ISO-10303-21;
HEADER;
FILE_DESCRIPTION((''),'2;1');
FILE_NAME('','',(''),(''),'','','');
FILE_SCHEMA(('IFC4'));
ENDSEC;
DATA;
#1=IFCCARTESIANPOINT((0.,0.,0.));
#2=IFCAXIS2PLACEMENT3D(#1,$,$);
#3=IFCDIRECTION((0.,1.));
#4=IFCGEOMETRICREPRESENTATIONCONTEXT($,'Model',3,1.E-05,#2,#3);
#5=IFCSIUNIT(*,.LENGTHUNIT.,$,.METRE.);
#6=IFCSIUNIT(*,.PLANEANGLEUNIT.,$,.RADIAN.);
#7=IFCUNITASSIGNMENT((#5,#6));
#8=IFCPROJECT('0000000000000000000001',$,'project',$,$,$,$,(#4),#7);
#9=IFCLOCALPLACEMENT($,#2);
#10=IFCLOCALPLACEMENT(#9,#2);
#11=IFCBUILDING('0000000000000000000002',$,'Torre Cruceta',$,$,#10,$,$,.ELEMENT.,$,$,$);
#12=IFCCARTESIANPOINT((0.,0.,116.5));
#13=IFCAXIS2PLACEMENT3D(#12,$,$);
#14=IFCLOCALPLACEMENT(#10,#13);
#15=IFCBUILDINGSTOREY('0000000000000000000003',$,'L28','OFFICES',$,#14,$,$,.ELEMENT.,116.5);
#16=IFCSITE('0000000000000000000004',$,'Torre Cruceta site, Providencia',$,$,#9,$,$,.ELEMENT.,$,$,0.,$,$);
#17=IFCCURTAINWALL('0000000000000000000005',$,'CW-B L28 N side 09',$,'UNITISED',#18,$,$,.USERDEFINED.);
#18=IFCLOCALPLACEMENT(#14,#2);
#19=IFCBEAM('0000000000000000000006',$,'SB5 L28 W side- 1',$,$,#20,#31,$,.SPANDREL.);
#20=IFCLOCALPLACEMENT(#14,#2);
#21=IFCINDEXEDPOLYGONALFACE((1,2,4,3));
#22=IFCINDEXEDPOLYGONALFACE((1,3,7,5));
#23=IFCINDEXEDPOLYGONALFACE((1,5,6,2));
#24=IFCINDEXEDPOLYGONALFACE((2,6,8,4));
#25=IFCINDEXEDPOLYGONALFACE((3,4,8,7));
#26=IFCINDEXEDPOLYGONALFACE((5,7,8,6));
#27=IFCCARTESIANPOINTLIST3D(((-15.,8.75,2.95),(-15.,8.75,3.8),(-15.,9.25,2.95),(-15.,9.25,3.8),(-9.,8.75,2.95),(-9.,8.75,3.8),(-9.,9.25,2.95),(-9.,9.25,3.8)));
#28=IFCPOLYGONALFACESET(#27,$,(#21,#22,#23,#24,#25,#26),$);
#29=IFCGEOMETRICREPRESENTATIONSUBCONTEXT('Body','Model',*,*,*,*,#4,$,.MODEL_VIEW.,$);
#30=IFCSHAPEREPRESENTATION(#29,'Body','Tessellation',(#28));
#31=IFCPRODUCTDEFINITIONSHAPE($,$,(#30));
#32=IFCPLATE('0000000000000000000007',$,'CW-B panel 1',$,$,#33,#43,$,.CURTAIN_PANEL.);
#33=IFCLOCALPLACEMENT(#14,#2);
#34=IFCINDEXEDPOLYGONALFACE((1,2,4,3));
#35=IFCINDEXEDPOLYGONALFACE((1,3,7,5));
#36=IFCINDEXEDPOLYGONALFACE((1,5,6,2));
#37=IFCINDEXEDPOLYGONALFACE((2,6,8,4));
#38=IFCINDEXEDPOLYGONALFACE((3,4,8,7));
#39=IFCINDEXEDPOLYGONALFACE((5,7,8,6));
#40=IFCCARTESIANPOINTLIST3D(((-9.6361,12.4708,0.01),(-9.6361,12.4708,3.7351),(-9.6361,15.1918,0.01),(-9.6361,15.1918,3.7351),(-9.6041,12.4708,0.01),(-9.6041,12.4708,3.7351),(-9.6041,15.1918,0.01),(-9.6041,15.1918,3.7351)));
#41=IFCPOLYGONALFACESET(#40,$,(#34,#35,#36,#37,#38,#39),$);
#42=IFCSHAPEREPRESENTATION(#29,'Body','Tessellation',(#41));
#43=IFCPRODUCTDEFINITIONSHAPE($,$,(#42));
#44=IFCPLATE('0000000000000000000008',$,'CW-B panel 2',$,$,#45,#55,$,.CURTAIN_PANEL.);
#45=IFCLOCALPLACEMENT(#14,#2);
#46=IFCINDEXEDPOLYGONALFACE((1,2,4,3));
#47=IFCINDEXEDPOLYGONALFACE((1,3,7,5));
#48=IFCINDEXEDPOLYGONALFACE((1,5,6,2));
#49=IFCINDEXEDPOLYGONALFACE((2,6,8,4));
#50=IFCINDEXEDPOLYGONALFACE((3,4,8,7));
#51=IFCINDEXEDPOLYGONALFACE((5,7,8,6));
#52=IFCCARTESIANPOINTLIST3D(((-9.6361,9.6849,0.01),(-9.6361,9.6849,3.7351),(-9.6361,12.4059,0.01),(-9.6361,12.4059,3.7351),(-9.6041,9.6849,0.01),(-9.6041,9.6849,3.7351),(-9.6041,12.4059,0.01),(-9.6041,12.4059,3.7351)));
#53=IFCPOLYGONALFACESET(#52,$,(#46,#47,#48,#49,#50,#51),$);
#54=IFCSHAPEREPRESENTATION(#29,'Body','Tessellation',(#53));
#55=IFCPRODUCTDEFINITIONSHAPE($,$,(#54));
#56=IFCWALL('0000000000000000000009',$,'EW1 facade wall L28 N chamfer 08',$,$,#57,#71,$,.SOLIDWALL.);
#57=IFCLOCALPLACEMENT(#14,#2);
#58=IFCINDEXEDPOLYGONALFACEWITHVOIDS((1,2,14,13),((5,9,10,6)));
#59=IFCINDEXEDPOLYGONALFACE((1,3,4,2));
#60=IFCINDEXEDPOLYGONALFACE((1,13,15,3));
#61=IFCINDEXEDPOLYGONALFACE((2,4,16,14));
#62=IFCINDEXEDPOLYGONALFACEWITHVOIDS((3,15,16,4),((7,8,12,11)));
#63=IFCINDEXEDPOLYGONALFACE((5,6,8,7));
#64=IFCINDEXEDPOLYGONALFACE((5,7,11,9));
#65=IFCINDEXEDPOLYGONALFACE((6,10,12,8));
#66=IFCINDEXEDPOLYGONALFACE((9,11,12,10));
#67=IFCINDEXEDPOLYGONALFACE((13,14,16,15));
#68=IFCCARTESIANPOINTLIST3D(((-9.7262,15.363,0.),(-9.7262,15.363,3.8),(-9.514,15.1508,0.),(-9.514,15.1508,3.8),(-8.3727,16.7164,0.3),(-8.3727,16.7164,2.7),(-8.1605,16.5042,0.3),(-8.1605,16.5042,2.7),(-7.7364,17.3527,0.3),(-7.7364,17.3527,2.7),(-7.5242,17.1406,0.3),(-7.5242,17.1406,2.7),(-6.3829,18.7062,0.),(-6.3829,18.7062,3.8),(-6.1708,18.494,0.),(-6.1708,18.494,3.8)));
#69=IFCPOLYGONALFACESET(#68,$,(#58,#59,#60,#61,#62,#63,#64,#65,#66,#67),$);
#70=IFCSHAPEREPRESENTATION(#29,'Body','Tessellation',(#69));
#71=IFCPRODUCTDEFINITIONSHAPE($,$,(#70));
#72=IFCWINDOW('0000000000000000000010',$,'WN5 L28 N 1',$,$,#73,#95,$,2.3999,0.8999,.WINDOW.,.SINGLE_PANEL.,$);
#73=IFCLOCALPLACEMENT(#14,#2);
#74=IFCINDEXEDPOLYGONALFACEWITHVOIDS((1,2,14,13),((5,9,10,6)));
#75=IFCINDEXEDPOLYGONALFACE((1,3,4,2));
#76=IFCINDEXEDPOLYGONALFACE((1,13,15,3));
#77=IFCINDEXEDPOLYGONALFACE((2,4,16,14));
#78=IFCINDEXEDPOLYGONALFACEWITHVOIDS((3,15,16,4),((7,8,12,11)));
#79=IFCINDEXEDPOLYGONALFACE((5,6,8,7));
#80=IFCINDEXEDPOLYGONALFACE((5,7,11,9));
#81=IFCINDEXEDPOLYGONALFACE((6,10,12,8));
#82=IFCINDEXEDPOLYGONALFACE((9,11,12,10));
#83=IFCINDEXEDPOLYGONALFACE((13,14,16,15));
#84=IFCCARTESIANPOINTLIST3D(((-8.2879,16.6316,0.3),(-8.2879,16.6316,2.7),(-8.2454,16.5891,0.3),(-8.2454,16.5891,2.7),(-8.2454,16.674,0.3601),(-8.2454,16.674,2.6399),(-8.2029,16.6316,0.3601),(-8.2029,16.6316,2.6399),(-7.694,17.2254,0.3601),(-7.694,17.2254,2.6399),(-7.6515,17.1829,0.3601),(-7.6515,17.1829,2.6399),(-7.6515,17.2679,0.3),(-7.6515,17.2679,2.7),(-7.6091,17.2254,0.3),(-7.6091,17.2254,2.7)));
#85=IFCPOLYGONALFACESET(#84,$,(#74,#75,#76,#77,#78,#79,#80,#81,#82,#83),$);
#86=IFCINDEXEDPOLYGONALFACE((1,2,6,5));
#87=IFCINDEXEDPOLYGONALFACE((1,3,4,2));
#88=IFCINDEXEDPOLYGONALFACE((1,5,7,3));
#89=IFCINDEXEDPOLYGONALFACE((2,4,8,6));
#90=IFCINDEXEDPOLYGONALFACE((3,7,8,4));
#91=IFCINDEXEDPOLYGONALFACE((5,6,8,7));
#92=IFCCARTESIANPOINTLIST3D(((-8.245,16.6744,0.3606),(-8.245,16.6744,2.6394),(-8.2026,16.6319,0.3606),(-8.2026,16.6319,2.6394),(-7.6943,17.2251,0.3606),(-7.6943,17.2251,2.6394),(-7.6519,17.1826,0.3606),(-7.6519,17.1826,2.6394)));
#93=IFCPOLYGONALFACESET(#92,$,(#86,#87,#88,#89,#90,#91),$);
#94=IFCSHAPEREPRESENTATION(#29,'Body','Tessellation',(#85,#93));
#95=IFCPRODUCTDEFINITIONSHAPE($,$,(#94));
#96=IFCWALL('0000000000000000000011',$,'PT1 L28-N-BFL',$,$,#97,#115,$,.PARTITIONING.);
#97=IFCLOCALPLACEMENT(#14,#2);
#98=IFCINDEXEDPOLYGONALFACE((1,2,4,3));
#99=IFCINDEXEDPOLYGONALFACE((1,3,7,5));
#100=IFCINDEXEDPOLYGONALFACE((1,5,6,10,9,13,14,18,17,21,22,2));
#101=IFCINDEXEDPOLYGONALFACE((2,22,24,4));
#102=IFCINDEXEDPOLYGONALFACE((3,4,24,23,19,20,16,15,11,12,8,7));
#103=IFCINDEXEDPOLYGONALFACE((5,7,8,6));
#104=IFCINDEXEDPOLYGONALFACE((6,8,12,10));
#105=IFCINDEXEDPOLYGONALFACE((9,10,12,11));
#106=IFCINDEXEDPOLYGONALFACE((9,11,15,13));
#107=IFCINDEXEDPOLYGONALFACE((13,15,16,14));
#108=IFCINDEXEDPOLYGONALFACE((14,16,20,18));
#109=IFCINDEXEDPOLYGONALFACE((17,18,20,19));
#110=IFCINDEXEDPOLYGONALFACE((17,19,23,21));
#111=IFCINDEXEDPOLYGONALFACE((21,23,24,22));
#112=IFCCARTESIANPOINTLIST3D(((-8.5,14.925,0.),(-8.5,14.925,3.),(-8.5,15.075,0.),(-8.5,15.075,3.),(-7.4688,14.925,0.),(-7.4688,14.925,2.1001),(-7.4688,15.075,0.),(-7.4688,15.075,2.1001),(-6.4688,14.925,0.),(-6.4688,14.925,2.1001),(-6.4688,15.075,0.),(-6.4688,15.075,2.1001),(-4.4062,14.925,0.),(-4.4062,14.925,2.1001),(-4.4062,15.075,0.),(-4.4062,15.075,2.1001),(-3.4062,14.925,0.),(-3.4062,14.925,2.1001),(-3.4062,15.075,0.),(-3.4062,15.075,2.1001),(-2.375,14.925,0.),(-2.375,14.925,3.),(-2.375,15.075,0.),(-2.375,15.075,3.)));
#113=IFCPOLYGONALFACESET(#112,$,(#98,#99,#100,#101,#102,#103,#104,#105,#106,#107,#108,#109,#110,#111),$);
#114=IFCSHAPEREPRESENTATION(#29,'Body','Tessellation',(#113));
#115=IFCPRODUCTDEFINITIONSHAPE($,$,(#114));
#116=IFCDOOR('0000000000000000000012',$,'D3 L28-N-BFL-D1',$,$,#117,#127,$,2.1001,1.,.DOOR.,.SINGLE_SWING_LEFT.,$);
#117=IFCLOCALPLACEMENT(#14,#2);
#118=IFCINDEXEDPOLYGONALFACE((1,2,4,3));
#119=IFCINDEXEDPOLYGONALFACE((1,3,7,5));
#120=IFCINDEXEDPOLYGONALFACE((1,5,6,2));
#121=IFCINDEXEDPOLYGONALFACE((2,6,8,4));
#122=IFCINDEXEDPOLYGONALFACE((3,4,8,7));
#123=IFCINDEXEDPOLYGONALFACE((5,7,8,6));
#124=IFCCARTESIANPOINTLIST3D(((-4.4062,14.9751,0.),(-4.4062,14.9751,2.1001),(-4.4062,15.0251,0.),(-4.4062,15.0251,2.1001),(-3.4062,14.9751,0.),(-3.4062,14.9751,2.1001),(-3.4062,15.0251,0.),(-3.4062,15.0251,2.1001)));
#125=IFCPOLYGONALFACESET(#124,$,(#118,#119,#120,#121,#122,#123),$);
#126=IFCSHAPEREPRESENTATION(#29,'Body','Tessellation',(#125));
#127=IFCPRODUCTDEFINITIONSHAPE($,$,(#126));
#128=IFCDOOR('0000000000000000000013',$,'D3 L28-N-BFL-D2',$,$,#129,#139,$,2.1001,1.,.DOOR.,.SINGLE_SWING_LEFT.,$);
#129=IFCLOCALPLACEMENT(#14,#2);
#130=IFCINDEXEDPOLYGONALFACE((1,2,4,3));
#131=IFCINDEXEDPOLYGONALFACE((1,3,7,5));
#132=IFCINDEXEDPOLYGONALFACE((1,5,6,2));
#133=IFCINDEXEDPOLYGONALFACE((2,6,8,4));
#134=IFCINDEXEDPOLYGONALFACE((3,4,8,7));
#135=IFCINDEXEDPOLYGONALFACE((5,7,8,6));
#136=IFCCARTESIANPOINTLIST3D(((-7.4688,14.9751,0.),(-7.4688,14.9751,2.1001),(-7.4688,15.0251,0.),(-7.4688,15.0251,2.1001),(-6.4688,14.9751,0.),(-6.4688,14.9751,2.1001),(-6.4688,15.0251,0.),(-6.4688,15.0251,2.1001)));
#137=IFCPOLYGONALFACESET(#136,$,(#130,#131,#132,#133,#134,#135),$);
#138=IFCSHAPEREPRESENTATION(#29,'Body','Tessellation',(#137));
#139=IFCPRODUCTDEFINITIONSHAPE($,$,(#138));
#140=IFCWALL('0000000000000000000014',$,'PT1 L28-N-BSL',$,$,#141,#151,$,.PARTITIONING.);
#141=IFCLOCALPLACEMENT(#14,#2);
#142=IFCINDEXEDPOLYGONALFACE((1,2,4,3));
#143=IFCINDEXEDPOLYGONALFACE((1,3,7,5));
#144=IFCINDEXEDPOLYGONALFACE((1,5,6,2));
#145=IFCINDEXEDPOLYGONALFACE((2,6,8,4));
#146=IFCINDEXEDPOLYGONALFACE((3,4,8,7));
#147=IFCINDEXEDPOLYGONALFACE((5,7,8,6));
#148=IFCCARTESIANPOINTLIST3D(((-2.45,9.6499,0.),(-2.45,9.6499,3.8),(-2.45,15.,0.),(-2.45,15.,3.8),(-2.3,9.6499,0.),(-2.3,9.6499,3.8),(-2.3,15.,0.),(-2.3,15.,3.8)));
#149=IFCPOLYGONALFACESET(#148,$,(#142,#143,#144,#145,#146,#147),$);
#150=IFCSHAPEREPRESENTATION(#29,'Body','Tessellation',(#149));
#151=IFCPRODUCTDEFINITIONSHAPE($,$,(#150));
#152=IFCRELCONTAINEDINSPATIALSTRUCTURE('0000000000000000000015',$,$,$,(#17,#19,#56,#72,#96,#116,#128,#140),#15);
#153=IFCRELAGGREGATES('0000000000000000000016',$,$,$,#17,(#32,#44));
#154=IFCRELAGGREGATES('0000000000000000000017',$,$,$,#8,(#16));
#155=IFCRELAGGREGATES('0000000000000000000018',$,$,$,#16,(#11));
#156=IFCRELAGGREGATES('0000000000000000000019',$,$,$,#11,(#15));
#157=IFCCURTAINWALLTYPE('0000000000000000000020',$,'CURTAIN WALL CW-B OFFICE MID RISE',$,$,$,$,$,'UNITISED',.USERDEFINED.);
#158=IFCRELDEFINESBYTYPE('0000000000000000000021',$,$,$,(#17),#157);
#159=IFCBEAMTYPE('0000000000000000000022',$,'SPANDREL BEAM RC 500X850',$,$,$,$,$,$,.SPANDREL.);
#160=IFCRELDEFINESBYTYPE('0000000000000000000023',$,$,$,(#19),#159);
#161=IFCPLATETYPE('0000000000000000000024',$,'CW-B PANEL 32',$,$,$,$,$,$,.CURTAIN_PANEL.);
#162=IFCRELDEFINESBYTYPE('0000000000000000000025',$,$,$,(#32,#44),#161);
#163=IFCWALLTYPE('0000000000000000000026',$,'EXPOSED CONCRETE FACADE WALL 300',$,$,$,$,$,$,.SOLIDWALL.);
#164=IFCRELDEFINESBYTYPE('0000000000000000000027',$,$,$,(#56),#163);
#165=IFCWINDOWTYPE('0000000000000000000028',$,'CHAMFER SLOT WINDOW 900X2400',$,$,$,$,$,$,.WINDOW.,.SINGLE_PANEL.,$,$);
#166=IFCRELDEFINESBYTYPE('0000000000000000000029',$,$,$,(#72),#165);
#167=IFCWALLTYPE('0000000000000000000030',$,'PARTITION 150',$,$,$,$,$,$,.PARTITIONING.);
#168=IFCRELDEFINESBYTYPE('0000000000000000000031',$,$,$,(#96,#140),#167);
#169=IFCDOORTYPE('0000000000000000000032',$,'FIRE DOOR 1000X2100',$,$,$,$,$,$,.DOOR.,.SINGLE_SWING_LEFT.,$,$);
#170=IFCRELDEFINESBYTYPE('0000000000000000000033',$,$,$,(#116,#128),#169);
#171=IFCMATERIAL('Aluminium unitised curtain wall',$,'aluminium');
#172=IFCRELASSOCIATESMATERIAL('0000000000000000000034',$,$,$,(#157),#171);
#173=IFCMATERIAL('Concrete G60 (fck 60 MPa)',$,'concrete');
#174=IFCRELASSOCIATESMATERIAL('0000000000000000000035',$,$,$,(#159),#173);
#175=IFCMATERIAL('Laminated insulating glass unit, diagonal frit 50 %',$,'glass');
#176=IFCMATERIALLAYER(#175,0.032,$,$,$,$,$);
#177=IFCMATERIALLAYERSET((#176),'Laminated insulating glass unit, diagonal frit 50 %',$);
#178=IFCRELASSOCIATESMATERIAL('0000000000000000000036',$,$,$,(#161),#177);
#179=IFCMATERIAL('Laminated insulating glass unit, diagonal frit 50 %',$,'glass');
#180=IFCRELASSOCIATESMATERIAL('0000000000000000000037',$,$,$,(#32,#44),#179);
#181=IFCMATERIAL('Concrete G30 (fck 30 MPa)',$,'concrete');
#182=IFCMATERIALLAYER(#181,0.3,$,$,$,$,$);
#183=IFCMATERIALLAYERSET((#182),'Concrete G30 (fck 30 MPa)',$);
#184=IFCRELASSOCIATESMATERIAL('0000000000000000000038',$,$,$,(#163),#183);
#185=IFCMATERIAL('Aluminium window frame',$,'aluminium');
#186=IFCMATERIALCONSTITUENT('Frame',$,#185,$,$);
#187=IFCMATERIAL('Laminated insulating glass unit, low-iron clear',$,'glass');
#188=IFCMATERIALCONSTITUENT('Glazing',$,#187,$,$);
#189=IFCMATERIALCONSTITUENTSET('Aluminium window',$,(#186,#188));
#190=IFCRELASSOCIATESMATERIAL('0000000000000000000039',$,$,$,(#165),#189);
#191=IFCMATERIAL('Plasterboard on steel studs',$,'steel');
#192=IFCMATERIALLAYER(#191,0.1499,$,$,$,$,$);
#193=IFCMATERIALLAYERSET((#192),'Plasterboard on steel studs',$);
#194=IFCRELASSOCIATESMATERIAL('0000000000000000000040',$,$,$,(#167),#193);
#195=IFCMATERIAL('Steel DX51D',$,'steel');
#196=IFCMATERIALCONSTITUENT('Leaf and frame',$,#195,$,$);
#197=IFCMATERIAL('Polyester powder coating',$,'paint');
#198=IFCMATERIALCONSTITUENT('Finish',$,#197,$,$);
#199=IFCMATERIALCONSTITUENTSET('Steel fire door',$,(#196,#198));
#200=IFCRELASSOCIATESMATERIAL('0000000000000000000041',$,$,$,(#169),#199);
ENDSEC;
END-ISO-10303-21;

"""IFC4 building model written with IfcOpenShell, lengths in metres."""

from ifc_helpers import new_model, si_unit, direction, frame, frame_2d, origin, origin_2d, place, context, subcontext, project, spatial, rectangle, hollow_rectangle, extrude, material, layer, layer_set, constituent, constituent_set, material_profile, profile_set, type_object, element, fill, aggregate, save


model = new_model("IFC4")

# Units and contexts
model_context = context("Model", 3, precision=1e-05, world=origin(), true_north=direction((0.0, 1.0)))
body_context = subcontext(model_context, "Body", "Model", "MODEL_VIEW")
ifc_project = project(units=[si_unit("LENGTHUNIT", "METRE"), si_unit("PLANEANGLEUNIT", "RADIAN")], contexts=[model_context])

# Site, building, storey
site_placement = place(None, origin())
site = spatial("IfcSite", under=ifc_project, at=site_placement, Name="Torre Cruceta site, Providencia", CompositionType="ELEMENT", RefElevation=0.0)
building_placement = place(site_placement, origin())
building = spatial("IfcBuilding", under=site, at=building_placement, Name="Torre Cruceta", CompositionType="ELEMENT")
storey_placement = place(building_placement, frame((0.0, 0.0, 116.5)))
storey = spatial("IfcBuildingStorey", under=building, at=storey_placement, Name="L28", Description="OFFICES", CompositionType="ELEMENT", Elevation=116.5)

# Curtain wall
ifc_material_1 = material(Name="Aluminium unitised curtain wall", Category="aluminium")
curtain_wall_type = type_object("IfcCurtainWallType", Name="CURTAIN WALL CW-B OFFICE MID RISE", ElementType="UNITISED", PredefinedType="USERDEFINED", material=ifc_material_1)
curtain_wall_placement = place(storey_placement, origin())
curtain_wall = element("IfcCurtainWall", 1, at=curtain_wall_placement, inside=storey, type_object=curtain_wall_type, Name="CW-B L28 N side 09", ObjectType="UNITISED", PredefinedType="USERDEFINED")

# Beam
ifc_material_2 = material(Name="Concrete G60 (fck 60 MPa)", Category="concrete")
ifc_material_profile_1 = material_profile(ifc_material_2, rectangle(XDim=0.5, YDim=0.8501, at=origin_2d()), Name="RC 500X850")
ifc_profile_set_1 = profile_set([ifc_material_profile_1], Name="Concrete G60 (fck 60 MPa)")
beam_type_1 = type_object("IfcBeamType", Name="SPANDREL BEAM RC 500X850", PredefinedType="SPANDREL", material=ifc_profile_set_1)
beam_1_placement = place(storey_placement, frame((-9.0, 9.0, 3.375), z_axis=(-1.0, 0.0, 0.0), x_axis=(0.0, -1.0, 0.0)))
element("IfcBeam", 2, at=beam_1_placement, inside=storey, type_object=beam_type_1, Name="SB5 L28 W side- 1", PredefinedType="SPANDREL", context=body_context, shape_type="SweptSolid", body=[
    extrude(rectangle(XDim=0.5, YDim=0.8501, at=origin_2d()), origin(), (0.0, 0.0, 1.0), 6.0),
])

# Plates
ifc_material_3 = material(Name="Laminated insulating glass unit, diagonal frit 50 %", Category="glass")
ifc_material_4 = material(Name="Laminated insulating glass unit, diagonal frit 50 %", Category="glass")
ifc_layer_1 = layer(ifc_material_4, 0.032)
ifc_layer_set_1 = layer_set([ifc_layer_1], Name="Laminated insulating glass unit, diagonal frit 50 %")
plate_type = type_object("IfcPlateType", Name="CW-B PANEL 32", PredefinedType="CURTAIN_PANEL", material=ifc_layer_set_1)
plate_1_placement = place(storey_placement, frame((-9.6201, 13.8313, 0.01), z_axis=(0.0, 0.0, 1.0), x_axis=(0.0, -1.0, 0.0)))
plate_1 = element("IfcPlate", 3, at=plate_1_placement, type_object=plate_type, material=ifc_material_3, Name="CW-B panel 1", PredefinedType="CURTAIN_PANEL", context=body_context, shape_type="SweptSolid", body=[
    extrude(rectangle(XDim=2.7209, YDim=0.032, at=origin_2d()), origin(), (0.0, 0.0, 1.0), 3.7251),
])
plate_2_placement = place(storey_placement, frame((-9.6201, 11.0454, 0.01), z_axis=(0.0, 0.0, 1.0), x_axis=(0.0, -1.0, 0.0)))
plate_2 = element("IfcPlate", 4, at=plate_2_placement, type_object=plate_type, material=ifc_material_3, Name="CW-B panel 2", PredefinedType="CURTAIN_PANEL", context=body_context, shape_type="SweptSolid", body=[
    extrude(rectangle(XDim=2.7209, YDim=0.032, at=origin_2d()), origin(), (0.0, 0.0, 1.0), 3.7251),
])
aggregate(curtain_wall, [plate_1, plate_2])

# Wall, opening, window
ifc_material_5 = material(Name="Concrete G30 (fck 30 MPa)", Category="concrete")
ifc_layer_2 = layer(ifc_material_5, 0.3)
ifc_layer_set_2 = layer_set([ifc_layer_2], Name="Concrete G30 (fck 30 MPa)")
wall_type_1 = type_object("IfcWallType", Name="EXPOSED CONCRETE FACADE WALL 300", PredefinedType="SOLIDWALL", material=ifc_layer_set_2)
wall_1_placement = place(storey_placement, frame((-6.2769, 18.6001, 0.0), z_axis=(0.0, 0.0, 1.0), x_axis=(-0.707107, -0.707107, 0.0)))
wall_1 = element("IfcWall", 5, at=wall_1_placement, inside=storey, type_object=wall_type_1, Name="EW1 facade wall L28 N chamfer 08", PredefinedType="SOLIDWALL", context=body_context, shape_type="SweptSolid", body=[
    extrude(rectangle(XDim=4.728, YDim=0.3, at=frame_2d((2.364, 0.0))), origin(), (0.0, 0.0, 1.0), 3.8),
])
opening_1_placement = place(wall_1_placement, frame((1.9141, 0.0, 0.3)))
opening_1 = element("IfcOpeningElement", 6, at=opening_1_placement, cuts=wall_1, PredefinedType="OPENING", context=body_context, shape_type="SweptSolid", body=[
    extrude(rectangle(XDim=0.8999, YDim=2.3999, at=frame_2d((0.45, 1.2))), frame((0.0, 0.1599, 0.0), z_axis=(0.0, -1.0, 0.0), x_axis=(1.0, 0.0, 0.0)), (0.0, 0.0, 1.0), 0.3201),
])
ifc_material_6 = material(Name="Aluminium window frame", Category="aluminium")
ifc_constituent_1 = constituent(ifc_material_6, Name="Frame")
ifc_material_7 = material(Name="Laminated insulating glass unit, low-iron clear", Category="glass")
ifc_constituent_2 = constituent(ifc_material_7, Name="Glazing")
ifc_constituent_set_1 = constituent_set(constituents=[ifc_constituent_1, ifc_constituent_2], Name="Aluminium window")
window_type = type_object("IfcWindowType", Name="CHAMFER SLOT WINDOW 900X2400", PartitioningType="SINGLE_PANEL", PredefinedType="WINDOW", material=ifc_constituent_set_1)
window_placement = place(opening_1_placement, origin())
window = element("IfcWindow", 7, at=window_placement, inside=storey, type_object=window_type, Name="WN5 L28 N 1", OverallHeight=2.3999, OverallWidth=0.8999, PartitioningType="SINGLE_PANEL", PredefinedType="WINDOW", context=body_context, shape_type="SweptSolid", body=[
    extrude(hollow_rectangle(XDim=0.8999, YDim=2.3999, WallThickness=0.0601, at=frame_2d((0.45, 1.2))), frame((0.0, 0.03, 0.0), z_axis=(0.0, -1.0, 0.0), x_axis=(1.0, 0.0, 0.0)), (0.0, 0.0, 1.0), 0.0601),
    extrude(rectangle(XDim=0.7788, YDim=2.2788, at=frame_2d((0.45, 1.2))), frame((0.0, 0.03, 0.0), z_axis=(0.0, -1.0, 0.0), x_axis=(1.0, 0.0, 0.0)), (0.0, 0.0, 1.0), 0.0601),
])
fill(opening_1, window)

# Wall, openings, doors
ifc_material_8 = material(Name="Plasterboard on steel studs", Category="steel")
ifc_layer_3 = layer(ifc_material_8, 0.1499)
ifc_layer_set_3 = layer_set([ifc_layer_3], Name="Plasterboard on steel studs")
wall_type_2 = type_object("IfcWallType", Name="PARTITION 150", PredefinedType="PARTITIONING", material=ifc_layer_set_3)
wall_2_placement = place(storey_placement, frame((-2.375, 15.0, 0.0), z_axis=(0.0, 0.0, 1.0), x_axis=(-1.0, 0.0, 0.0)))
wall_2 = element("IfcWall", 8, at=wall_2_placement, inside=storey, type_object=wall_type_2, Name="PT1 L28-N-BFL", PredefinedType="PARTITIONING", context=body_context, shape_type="SweptSolid", body=[
    extrude(rectangle(XDim=6.125, YDim=0.1499, at=frame_2d((3.0625, 0.0))), origin(), (0.0, 0.0, 1.0), 3.0),
])
opening_2_placement = place(wall_2_placement, frame((1.0312, 0.0, 0.0)))
opening_2 = element("IfcOpeningElement", 9, at=opening_2_placement, cuts=wall_2, PredefinedType="OPENING", context=body_context, shape_type="SweptSolid", body=[
    extrude(rectangle(XDim=1.0, YDim=2.1001, at=frame_2d((0.5, 1.05))), frame((0.0, 0.085, 0.0), z_axis=(0.0, -1.0, 0.0), x_axis=(1.0, 0.0, 0.0)), (0.0, 0.0, 1.0), 0.1699),
])
opening_3_placement = place(wall_2_placement, frame((4.0938, 0.0, 0.0)))
opening_3 = element("IfcOpeningElement", 10, at=opening_3_placement, cuts=wall_2, PredefinedType="OPENING", context=body_context, shape_type="SweptSolid", body=[
    extrude(rectangle(XDim=1.0, YDim=2.1001, at=frame_2d((0.5, 1.05))), frame((0.0, 0.085, 0.0), z_axis=(0.0, -1.0, 0.0), x_axis=(1.0, 0.0, 0.0)), (0.0, 0.0, 1.0), 0.1699),
])
ifc_material_9 = material(Name="Steel DX51D", Category="steel")
ifc_constituent_3 = constituent(ifc_material_9, Name="Leaf and frame")
ifc_material_10 = material(Name="Polyester powder coating", Category="paint")
ifc_constituent_4 = constituent(ifc_material_10, Name="Finish")
ifc_constituent_set_2 = constituent_set(constituents=[ifc_constituent_3, ifc_constituent_4], Name="Steel fire door")
door_type_1 = type_object("IfcDoorType", Name="FIRE DOOR 1000X2100", OperationType="SINGLE_SWING_LEFT", PredefinedType="DOOR", material=ifc_constituent_set_2)
door_1_placement = place(opening_2_placement, origin())
door_1 = element("IfcDoor", 11, at=door_1_placement, inside=storey, type_object=door_type_1, Name="D3 L28-N-BFL-D1", OperationType="SINGLE_SWING_LEFT", OverallHeight=2.1001, OverallWidth=1.0, PredefinedType="DOOR", context=body_context, shape_type="SweptSolid", body=[
    extrude(rectangle(XDim=1.0, YDim=2.1001, at=frame_2d((0.5, 1.05))), frame((0.0, 0.0249, 0.0), z_axis=(0.0, -1.0, 0.0), x_axis=(1.0, 0.0, 0.0)), (0.0, 0.0, 1.0), 0.05),
])
fill(opening_2, door_1)
door_2_placement = place(opening_3_placement, origin())
door_2 = element("IfcDoor", 12, at=door_2_placement, inside=storey, type_object=door_type_1, Name="D3 L28-N-BFL-D2", OperationType="SINGLE_SWING_LEFT", OverallHeight=2.1001, OverallWidth=1.0, PredefinedType="DOOR", context=body_context, shape_type="SweptSolid", body=[
    extrude(rectangle(XDim=1.0, YDim=2.1001, at=frame_2d((0.5, 1.05))), frame((0.0, 0.0249, 0.0), z_axis=(0.0, -1.0, 0.0), x_axis=(1.0, 0.0, 0.0)), (0.0, 0.0, 1.0), 0.05),
])
fill(opening_3, door_2)

# Wall
wall_3_placement = place(storey_placement, frame((-2.375, 9.6499, 0.0), z_axis=(0.0, 0.0, 1.0), x_axis=(0.0, 1.0, 0.0)))
element("IfcWall", 13, at=wall_3_placement, inside=storey, type_object=wall_type_2, Name="PT1 L28-N-BSL", PredefinedType="PARTITIONING", context=body_context, shape_type="SweptSolid", body=[
    extrude(rectangle(XDim=5.3501, YDim=0.1499, at=frame_2d((2.675, 0.0))), origin(), (0.0, 0.0, 1.0), 3.8),
])

save(model, "model.ifc")
